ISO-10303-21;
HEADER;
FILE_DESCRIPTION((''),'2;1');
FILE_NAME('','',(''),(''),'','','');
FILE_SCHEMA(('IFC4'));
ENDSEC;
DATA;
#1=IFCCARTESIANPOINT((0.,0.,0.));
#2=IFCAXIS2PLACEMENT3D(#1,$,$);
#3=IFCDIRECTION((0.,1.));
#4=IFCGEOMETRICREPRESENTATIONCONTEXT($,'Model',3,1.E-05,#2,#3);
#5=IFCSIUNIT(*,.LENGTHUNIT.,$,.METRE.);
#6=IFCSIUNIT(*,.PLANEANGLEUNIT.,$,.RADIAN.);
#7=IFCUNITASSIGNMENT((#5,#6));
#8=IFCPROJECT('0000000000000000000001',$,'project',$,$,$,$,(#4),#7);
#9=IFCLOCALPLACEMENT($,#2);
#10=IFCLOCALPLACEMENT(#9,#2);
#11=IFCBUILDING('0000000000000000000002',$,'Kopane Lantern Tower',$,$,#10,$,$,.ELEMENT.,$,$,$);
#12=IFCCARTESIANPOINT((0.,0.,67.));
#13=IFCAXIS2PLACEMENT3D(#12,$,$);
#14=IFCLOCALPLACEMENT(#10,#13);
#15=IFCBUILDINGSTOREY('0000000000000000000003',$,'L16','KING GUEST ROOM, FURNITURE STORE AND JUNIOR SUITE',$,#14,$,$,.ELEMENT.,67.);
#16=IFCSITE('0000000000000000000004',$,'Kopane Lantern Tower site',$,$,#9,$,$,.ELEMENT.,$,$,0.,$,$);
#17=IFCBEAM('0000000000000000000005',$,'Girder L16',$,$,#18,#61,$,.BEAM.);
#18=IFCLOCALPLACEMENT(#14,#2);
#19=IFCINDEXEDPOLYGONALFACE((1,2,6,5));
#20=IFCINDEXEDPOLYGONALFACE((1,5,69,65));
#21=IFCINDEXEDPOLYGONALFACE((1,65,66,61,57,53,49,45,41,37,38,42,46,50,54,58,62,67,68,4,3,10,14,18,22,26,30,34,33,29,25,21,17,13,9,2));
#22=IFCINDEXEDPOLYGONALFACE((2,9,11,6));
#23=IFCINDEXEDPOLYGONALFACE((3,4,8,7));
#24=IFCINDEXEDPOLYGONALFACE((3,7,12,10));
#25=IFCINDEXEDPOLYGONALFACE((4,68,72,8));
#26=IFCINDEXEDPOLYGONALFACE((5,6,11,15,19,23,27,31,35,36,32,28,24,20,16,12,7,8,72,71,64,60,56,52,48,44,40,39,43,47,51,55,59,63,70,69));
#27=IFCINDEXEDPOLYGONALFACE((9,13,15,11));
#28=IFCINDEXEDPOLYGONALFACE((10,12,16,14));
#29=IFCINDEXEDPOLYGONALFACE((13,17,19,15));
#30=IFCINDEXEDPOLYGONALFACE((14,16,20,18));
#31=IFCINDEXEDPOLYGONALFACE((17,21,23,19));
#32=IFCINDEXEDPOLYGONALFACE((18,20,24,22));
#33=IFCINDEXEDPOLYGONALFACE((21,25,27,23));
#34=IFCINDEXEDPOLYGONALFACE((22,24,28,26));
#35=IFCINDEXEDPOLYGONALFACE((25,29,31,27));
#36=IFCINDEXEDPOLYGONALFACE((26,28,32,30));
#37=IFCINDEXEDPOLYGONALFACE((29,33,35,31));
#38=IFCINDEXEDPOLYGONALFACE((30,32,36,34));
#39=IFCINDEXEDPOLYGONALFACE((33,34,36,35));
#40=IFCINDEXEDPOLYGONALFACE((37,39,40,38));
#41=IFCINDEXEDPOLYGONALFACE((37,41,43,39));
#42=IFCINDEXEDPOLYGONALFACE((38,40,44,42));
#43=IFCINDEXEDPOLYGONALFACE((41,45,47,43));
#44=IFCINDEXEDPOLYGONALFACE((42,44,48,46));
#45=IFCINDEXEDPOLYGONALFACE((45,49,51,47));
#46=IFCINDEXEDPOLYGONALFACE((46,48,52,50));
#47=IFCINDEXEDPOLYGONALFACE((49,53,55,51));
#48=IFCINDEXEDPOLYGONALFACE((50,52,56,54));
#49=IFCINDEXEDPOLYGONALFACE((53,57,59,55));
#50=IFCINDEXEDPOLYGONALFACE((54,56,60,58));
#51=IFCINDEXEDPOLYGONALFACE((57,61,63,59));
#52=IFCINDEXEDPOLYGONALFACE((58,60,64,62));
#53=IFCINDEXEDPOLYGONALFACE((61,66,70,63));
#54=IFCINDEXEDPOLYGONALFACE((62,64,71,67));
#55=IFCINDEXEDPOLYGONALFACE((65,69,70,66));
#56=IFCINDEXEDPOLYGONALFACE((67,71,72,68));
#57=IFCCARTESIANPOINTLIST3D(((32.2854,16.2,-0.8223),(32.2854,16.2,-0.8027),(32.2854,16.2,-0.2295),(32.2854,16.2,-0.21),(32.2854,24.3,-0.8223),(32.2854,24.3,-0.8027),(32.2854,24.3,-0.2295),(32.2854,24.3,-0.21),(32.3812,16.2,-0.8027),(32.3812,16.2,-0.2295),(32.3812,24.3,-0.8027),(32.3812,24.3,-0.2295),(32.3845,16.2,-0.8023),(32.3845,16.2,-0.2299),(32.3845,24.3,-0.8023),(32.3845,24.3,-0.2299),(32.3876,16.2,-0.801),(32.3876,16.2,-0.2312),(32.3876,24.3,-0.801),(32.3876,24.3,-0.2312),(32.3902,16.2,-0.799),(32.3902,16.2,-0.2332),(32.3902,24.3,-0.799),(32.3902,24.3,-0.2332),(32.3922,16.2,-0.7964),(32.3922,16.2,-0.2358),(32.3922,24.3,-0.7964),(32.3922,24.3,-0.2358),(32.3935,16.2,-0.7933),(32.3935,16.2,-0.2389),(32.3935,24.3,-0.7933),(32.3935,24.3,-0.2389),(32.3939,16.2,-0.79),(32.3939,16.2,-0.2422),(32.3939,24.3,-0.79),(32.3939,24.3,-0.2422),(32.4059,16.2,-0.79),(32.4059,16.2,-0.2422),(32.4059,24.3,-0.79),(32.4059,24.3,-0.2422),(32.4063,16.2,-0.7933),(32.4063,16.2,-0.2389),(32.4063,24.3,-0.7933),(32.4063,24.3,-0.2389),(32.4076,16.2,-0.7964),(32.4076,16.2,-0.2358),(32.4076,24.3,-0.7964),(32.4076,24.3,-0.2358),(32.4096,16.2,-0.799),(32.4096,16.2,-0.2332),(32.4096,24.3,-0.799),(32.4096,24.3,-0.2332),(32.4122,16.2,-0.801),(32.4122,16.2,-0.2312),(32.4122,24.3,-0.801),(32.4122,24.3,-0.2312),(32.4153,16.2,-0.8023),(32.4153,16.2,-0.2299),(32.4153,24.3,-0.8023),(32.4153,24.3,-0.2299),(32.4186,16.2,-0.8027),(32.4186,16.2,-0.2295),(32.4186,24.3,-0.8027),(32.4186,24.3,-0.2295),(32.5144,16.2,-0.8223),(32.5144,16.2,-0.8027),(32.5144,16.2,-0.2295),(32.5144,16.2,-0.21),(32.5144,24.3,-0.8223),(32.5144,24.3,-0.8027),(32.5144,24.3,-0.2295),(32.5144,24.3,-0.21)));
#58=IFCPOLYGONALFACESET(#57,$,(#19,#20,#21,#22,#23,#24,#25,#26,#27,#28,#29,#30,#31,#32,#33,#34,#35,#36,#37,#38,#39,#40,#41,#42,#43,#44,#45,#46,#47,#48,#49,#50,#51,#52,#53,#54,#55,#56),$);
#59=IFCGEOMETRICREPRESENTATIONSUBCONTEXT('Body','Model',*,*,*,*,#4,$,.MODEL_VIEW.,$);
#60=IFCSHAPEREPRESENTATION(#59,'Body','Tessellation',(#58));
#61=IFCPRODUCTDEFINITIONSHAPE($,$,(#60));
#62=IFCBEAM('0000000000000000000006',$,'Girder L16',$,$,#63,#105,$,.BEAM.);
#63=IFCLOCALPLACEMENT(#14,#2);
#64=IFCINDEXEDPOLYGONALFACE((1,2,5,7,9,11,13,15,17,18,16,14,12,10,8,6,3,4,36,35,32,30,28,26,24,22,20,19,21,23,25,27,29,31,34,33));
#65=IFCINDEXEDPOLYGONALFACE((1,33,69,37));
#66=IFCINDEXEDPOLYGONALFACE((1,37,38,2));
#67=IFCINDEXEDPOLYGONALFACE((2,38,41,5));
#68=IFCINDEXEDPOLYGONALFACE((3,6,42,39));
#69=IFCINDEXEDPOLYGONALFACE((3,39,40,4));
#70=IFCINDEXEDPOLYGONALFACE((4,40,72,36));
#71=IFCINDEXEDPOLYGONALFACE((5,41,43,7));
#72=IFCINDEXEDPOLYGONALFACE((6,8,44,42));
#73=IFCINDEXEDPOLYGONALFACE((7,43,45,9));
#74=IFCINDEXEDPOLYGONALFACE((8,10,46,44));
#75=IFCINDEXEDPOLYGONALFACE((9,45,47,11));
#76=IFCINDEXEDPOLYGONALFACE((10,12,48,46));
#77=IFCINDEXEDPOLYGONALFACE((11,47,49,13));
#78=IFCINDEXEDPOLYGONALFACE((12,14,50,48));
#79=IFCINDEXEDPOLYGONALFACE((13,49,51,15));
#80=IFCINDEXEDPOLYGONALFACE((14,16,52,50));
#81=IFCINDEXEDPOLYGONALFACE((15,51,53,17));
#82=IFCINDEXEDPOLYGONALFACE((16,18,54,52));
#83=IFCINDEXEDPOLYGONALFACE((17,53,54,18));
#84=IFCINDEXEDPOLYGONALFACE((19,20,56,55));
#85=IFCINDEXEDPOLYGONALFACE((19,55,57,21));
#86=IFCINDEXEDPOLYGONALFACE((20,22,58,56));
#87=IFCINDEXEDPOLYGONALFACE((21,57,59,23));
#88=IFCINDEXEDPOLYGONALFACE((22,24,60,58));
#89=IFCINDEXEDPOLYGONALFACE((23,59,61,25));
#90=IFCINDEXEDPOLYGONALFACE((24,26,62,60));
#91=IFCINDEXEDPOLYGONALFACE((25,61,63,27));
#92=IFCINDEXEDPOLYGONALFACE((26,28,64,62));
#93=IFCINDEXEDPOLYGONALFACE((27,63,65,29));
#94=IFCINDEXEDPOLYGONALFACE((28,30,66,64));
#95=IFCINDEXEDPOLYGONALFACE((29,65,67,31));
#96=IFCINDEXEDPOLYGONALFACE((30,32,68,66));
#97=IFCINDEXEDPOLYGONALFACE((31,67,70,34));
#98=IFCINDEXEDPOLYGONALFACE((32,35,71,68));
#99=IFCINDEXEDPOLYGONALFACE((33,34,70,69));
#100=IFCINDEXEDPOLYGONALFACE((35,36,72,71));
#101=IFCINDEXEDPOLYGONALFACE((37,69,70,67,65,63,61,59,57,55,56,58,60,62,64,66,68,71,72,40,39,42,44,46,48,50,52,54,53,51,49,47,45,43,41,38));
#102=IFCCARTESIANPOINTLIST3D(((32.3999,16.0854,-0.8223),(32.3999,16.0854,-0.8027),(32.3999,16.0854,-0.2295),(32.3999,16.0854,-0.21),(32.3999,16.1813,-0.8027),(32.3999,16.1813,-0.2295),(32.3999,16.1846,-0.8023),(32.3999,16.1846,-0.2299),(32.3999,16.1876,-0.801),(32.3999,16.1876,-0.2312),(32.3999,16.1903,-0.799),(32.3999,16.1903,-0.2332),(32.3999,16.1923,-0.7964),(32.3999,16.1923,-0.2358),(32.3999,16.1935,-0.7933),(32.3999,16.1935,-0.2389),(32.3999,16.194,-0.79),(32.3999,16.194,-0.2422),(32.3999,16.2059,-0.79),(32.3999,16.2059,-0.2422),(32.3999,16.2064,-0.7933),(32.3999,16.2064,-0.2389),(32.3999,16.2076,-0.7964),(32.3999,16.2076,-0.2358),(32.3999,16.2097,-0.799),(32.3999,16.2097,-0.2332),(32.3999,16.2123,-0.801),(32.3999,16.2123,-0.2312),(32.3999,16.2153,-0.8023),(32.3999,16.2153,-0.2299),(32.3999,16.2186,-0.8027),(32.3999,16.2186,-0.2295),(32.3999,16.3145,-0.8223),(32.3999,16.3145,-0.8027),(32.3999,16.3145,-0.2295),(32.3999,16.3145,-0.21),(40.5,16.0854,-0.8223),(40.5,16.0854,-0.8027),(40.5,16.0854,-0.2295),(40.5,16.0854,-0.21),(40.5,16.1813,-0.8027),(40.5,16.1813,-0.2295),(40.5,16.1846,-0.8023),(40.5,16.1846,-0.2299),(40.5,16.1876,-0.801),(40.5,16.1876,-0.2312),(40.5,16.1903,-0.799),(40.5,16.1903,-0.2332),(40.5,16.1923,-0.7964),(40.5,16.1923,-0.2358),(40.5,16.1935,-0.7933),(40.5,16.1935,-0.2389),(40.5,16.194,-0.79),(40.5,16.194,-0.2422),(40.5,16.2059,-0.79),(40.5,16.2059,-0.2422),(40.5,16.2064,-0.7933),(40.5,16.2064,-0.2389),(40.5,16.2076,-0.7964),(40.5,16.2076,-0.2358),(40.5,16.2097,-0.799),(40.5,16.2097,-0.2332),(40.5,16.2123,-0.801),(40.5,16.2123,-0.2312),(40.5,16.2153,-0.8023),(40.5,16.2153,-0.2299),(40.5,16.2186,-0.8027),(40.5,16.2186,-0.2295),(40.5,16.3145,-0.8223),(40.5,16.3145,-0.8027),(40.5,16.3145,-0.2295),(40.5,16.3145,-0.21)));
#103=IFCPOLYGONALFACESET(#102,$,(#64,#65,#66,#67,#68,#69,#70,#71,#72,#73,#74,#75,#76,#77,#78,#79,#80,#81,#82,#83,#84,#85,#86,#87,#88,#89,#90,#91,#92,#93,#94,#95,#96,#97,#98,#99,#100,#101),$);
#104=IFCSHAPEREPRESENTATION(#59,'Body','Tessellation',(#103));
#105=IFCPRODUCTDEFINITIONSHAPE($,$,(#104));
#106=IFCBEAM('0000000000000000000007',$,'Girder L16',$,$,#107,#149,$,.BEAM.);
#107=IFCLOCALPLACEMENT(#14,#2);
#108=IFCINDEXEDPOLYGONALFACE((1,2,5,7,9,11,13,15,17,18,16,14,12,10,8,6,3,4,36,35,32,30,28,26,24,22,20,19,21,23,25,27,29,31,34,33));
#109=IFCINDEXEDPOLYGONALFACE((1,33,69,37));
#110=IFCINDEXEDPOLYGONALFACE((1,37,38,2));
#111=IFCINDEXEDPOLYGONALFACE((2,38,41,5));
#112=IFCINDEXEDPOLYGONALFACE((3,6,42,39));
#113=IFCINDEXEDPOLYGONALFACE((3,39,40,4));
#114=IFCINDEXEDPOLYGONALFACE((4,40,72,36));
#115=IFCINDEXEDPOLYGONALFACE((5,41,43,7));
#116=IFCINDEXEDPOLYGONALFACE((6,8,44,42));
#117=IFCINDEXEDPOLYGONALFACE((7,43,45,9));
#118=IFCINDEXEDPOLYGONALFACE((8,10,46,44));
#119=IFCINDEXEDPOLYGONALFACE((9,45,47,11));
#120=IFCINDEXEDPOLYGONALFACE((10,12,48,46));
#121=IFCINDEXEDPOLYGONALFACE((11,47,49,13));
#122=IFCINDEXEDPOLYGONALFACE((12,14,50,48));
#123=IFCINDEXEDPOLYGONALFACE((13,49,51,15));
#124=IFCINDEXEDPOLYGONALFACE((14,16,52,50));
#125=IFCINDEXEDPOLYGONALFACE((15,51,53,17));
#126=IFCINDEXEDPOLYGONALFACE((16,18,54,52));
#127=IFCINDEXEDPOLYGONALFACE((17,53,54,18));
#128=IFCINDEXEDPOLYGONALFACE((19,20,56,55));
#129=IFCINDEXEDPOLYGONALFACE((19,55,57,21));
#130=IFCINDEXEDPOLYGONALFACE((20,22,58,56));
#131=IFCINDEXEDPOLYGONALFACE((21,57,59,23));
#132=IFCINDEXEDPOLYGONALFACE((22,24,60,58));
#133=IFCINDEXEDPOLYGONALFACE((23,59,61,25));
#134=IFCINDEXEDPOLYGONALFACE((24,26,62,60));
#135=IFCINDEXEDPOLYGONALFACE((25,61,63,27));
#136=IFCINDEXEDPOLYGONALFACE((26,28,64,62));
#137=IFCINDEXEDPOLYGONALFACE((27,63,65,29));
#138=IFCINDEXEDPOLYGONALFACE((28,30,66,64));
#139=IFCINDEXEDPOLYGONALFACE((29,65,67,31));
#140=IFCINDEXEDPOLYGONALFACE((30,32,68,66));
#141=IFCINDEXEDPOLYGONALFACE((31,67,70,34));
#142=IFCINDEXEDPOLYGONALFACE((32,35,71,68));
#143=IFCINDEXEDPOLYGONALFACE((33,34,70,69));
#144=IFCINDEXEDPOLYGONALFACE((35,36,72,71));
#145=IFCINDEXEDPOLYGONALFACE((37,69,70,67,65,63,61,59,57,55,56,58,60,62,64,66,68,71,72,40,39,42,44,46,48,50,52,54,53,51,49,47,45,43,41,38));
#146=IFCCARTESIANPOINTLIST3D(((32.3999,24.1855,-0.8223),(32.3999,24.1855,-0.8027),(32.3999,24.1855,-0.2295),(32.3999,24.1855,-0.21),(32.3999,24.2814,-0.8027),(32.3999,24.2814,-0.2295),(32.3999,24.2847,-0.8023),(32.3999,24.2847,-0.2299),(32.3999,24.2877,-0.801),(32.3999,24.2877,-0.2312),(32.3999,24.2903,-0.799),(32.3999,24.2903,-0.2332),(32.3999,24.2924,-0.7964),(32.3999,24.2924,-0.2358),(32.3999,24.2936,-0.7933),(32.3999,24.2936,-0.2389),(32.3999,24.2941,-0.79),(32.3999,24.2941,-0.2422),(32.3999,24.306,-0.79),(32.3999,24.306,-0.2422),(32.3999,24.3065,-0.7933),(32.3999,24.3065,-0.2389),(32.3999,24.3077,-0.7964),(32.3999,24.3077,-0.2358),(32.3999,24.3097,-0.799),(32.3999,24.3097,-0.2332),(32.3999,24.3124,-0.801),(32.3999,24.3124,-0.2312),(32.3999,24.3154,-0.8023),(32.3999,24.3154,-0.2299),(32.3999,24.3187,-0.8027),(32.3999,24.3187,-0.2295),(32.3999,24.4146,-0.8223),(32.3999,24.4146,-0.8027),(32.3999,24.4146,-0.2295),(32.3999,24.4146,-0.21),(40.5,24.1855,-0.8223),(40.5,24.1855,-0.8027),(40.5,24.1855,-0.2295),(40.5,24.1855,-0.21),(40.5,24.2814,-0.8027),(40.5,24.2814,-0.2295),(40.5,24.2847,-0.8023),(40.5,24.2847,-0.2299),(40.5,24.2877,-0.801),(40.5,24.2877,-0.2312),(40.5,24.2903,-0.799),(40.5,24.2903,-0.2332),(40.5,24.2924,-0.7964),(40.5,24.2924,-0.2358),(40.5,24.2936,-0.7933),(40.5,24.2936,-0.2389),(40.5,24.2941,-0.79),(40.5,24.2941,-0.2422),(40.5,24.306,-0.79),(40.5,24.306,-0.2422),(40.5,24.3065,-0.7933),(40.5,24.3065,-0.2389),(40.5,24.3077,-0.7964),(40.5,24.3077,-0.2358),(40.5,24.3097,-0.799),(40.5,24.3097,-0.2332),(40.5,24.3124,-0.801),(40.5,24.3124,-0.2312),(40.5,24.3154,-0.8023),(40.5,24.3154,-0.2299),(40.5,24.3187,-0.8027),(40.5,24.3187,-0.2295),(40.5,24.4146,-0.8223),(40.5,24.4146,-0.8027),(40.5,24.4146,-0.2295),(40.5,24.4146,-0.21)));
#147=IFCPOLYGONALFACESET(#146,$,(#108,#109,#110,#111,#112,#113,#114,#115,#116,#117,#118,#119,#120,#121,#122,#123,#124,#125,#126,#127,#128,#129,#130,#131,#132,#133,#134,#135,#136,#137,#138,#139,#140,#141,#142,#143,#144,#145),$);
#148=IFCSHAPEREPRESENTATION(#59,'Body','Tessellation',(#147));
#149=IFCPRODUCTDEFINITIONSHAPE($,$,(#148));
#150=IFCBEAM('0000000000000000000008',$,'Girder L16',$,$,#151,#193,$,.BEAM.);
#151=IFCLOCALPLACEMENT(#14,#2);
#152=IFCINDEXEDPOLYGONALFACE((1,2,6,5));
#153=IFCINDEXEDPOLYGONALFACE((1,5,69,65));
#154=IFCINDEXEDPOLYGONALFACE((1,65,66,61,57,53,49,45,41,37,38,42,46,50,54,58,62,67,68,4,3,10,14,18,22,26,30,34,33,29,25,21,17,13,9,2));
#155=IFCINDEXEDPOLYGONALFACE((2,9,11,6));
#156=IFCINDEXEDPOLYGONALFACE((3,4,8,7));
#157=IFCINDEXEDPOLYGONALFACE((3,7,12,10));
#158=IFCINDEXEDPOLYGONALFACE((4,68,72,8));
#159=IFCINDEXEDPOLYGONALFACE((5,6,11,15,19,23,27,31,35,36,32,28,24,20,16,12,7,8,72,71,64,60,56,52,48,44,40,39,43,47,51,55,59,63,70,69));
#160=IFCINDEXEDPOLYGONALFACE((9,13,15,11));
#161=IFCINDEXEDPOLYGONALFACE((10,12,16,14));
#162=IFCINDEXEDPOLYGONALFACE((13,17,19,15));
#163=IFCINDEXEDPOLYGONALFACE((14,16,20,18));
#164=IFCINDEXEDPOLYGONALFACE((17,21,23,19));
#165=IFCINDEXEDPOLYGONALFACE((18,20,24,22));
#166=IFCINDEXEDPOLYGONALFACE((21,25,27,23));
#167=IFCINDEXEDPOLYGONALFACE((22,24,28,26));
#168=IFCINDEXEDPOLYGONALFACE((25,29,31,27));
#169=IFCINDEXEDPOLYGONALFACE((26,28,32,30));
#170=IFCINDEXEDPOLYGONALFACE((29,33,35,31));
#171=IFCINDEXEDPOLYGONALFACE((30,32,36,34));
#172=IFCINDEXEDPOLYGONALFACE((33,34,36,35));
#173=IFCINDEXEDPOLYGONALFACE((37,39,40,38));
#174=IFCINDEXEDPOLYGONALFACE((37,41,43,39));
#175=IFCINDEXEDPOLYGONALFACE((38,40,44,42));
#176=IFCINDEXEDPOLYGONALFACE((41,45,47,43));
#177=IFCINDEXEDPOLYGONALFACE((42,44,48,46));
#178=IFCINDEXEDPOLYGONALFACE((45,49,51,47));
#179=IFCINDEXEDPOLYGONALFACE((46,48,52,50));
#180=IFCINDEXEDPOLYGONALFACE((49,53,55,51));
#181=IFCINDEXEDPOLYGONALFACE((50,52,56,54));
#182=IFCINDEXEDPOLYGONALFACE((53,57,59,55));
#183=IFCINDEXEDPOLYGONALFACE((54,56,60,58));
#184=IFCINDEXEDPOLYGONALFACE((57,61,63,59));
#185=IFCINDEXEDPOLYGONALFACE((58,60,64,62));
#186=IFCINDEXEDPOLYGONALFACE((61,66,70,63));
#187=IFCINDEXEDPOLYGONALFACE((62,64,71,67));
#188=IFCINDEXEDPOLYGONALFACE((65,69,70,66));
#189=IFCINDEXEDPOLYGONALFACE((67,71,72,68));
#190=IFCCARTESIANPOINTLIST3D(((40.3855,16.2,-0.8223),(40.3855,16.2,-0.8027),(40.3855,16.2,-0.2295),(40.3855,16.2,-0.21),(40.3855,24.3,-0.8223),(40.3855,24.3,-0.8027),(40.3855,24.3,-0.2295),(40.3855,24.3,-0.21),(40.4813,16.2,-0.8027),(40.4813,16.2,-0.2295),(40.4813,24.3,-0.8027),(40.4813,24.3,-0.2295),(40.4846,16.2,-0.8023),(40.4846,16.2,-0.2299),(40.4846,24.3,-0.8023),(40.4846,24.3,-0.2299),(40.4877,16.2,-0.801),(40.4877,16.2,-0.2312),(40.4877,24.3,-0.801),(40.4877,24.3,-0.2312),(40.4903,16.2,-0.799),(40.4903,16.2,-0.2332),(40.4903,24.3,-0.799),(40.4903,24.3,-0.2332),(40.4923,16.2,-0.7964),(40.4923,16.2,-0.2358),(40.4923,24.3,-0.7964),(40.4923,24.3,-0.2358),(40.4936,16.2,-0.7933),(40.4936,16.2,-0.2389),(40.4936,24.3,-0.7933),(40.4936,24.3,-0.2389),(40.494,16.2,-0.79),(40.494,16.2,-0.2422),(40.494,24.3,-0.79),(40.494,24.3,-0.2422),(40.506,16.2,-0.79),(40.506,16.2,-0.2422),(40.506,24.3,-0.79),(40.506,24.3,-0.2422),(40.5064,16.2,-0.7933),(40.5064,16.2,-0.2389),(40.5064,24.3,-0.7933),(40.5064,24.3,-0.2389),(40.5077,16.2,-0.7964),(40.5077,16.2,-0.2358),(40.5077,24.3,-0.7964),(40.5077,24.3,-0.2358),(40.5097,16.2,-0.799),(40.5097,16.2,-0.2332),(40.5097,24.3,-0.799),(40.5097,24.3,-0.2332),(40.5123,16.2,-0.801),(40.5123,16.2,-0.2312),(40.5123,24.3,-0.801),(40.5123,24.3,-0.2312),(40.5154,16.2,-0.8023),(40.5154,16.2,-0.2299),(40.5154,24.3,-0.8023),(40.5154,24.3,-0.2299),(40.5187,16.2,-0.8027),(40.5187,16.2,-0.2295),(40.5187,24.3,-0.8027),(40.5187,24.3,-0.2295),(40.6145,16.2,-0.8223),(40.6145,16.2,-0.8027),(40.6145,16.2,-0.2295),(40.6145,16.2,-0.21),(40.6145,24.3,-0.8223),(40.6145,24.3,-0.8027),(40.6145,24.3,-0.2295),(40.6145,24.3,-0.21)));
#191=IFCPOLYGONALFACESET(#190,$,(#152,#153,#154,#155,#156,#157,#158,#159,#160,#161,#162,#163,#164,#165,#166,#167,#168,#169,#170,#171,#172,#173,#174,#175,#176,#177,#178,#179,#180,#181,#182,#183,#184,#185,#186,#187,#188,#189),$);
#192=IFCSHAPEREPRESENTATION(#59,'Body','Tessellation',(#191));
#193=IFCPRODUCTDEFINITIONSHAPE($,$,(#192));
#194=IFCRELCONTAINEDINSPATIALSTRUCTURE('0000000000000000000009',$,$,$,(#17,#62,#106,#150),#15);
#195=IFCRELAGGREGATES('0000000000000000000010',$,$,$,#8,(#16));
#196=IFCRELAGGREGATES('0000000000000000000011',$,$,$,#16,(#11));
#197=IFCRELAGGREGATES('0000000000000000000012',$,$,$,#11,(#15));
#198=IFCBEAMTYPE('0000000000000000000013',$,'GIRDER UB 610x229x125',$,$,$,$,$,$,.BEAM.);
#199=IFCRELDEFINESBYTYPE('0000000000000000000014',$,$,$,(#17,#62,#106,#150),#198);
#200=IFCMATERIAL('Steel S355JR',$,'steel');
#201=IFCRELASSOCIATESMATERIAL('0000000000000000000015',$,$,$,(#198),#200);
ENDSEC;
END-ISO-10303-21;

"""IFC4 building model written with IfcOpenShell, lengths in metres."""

from ifc_helpers import new_model, si_unit, direction, frame, origin, origin_2d, place, context, subcontext, project, spatial, i_section, extrude, material, material_profile, profile_set, type_object, element, save


model = new_model("IFC4")

# Units and contexts
model_context = context("Model", 3, precision=1e-05, world=origin(), true_north=direction((0.0, 1.0)))
body_context = subcontext(model_context, "Body", "Model", "MODEL_VIEW")
ifc_project = project(units=[si_unit("LENGTHUNIT", "METRE"), si_unit("PLANEANGLEUNIT", "RADIAN")], contexts=[model_context])

# Site, building, storey
site_placement = place(None, origin())
site = spatial("IfcSite", under=ifc_project, at=site_placement, Name="Kopane Lantern Tower site", CompositionType="ELEMENT", RefElevation=0.0)
building_placement = place(site_placement, origin())
building = spatial("IfcBuilding", under=site, at=building_placement, Name="Kopane Lantern Tower", CompositionType="ELEMENT")
storey_placement = place(building_placement, frame((0.0, 0.0, 67.0)))
storey = spatial("IfcBuildingStorey", under=building, at=storey_placement, Name="L16", Description="KING GUEST ROOM, FURNITURE STORE AND JUNIOR SUITE", CompositionType="ELEMENT", Elevation=67.0)

# Beams
ifc_material_1 = material(Name="Steel S355JR", Category="steel")
ifc_material_profile_1 = material_profile(ifc_material_1, i_section(OverallWidth=0.229, OverallDepth=0.6123, WebThickness=0.012, FlangeThickness=0.0195, FilletRadius=0.0127, at=origin_2d()), Name="UB 610x229x125")
ifc_profile_set_1 = profile_set([ifc_material_profile_1], Name="Steel S355JR")
beam_type_1 = type_object("IfcBeamType", Name="GIRDER UB 610x229x125", PredefinedType="BEAM", material=ifc_profile_set_1)
for number, where, z_axis, x_axis, name in (
    (1, (32.3999, 16.2, -0.5161), (0.0, 1.0, 0.0), (-1.0, 0.0, 0.0), "Girder L16"),
    (2, (32.3999, 16.2, -0.5161), (1.0, 0.0, 0.0), (0.0, 1.0, 0.0), "Girder L16"),
    (3, (32.3999, 24.3, -0.5161), (1.0, 0.0, 0.0), (0.0, 1.0, 0.0), "Girder L16"),
    (4, (40.5, 16.2, -0.5161), (0.0, 1.0, 0.0), (-1.0, 0.0, 0.0), "Girder L16"),
):
    element("IfcBeam", number, at=place(storey_placement, frame(where, z_axis=z_axis, x_axis=x_axis)), inside=storey, type_object=beam_type_1, Name=name, PredefinedType="BEAM", context=body_context, shape_type="SweptSolid", body=[
        extrude(i_section(OverallWidth=0.229, OverallDepth=0.6123, WebThickness=0.012, FlangeThickness=0.0195, FilletRadius=0.0127, at=origin_2d()), origin(), (0.0, 0.0, 1.0), 8.1001),
    ])

save(model, "model.ifc")
